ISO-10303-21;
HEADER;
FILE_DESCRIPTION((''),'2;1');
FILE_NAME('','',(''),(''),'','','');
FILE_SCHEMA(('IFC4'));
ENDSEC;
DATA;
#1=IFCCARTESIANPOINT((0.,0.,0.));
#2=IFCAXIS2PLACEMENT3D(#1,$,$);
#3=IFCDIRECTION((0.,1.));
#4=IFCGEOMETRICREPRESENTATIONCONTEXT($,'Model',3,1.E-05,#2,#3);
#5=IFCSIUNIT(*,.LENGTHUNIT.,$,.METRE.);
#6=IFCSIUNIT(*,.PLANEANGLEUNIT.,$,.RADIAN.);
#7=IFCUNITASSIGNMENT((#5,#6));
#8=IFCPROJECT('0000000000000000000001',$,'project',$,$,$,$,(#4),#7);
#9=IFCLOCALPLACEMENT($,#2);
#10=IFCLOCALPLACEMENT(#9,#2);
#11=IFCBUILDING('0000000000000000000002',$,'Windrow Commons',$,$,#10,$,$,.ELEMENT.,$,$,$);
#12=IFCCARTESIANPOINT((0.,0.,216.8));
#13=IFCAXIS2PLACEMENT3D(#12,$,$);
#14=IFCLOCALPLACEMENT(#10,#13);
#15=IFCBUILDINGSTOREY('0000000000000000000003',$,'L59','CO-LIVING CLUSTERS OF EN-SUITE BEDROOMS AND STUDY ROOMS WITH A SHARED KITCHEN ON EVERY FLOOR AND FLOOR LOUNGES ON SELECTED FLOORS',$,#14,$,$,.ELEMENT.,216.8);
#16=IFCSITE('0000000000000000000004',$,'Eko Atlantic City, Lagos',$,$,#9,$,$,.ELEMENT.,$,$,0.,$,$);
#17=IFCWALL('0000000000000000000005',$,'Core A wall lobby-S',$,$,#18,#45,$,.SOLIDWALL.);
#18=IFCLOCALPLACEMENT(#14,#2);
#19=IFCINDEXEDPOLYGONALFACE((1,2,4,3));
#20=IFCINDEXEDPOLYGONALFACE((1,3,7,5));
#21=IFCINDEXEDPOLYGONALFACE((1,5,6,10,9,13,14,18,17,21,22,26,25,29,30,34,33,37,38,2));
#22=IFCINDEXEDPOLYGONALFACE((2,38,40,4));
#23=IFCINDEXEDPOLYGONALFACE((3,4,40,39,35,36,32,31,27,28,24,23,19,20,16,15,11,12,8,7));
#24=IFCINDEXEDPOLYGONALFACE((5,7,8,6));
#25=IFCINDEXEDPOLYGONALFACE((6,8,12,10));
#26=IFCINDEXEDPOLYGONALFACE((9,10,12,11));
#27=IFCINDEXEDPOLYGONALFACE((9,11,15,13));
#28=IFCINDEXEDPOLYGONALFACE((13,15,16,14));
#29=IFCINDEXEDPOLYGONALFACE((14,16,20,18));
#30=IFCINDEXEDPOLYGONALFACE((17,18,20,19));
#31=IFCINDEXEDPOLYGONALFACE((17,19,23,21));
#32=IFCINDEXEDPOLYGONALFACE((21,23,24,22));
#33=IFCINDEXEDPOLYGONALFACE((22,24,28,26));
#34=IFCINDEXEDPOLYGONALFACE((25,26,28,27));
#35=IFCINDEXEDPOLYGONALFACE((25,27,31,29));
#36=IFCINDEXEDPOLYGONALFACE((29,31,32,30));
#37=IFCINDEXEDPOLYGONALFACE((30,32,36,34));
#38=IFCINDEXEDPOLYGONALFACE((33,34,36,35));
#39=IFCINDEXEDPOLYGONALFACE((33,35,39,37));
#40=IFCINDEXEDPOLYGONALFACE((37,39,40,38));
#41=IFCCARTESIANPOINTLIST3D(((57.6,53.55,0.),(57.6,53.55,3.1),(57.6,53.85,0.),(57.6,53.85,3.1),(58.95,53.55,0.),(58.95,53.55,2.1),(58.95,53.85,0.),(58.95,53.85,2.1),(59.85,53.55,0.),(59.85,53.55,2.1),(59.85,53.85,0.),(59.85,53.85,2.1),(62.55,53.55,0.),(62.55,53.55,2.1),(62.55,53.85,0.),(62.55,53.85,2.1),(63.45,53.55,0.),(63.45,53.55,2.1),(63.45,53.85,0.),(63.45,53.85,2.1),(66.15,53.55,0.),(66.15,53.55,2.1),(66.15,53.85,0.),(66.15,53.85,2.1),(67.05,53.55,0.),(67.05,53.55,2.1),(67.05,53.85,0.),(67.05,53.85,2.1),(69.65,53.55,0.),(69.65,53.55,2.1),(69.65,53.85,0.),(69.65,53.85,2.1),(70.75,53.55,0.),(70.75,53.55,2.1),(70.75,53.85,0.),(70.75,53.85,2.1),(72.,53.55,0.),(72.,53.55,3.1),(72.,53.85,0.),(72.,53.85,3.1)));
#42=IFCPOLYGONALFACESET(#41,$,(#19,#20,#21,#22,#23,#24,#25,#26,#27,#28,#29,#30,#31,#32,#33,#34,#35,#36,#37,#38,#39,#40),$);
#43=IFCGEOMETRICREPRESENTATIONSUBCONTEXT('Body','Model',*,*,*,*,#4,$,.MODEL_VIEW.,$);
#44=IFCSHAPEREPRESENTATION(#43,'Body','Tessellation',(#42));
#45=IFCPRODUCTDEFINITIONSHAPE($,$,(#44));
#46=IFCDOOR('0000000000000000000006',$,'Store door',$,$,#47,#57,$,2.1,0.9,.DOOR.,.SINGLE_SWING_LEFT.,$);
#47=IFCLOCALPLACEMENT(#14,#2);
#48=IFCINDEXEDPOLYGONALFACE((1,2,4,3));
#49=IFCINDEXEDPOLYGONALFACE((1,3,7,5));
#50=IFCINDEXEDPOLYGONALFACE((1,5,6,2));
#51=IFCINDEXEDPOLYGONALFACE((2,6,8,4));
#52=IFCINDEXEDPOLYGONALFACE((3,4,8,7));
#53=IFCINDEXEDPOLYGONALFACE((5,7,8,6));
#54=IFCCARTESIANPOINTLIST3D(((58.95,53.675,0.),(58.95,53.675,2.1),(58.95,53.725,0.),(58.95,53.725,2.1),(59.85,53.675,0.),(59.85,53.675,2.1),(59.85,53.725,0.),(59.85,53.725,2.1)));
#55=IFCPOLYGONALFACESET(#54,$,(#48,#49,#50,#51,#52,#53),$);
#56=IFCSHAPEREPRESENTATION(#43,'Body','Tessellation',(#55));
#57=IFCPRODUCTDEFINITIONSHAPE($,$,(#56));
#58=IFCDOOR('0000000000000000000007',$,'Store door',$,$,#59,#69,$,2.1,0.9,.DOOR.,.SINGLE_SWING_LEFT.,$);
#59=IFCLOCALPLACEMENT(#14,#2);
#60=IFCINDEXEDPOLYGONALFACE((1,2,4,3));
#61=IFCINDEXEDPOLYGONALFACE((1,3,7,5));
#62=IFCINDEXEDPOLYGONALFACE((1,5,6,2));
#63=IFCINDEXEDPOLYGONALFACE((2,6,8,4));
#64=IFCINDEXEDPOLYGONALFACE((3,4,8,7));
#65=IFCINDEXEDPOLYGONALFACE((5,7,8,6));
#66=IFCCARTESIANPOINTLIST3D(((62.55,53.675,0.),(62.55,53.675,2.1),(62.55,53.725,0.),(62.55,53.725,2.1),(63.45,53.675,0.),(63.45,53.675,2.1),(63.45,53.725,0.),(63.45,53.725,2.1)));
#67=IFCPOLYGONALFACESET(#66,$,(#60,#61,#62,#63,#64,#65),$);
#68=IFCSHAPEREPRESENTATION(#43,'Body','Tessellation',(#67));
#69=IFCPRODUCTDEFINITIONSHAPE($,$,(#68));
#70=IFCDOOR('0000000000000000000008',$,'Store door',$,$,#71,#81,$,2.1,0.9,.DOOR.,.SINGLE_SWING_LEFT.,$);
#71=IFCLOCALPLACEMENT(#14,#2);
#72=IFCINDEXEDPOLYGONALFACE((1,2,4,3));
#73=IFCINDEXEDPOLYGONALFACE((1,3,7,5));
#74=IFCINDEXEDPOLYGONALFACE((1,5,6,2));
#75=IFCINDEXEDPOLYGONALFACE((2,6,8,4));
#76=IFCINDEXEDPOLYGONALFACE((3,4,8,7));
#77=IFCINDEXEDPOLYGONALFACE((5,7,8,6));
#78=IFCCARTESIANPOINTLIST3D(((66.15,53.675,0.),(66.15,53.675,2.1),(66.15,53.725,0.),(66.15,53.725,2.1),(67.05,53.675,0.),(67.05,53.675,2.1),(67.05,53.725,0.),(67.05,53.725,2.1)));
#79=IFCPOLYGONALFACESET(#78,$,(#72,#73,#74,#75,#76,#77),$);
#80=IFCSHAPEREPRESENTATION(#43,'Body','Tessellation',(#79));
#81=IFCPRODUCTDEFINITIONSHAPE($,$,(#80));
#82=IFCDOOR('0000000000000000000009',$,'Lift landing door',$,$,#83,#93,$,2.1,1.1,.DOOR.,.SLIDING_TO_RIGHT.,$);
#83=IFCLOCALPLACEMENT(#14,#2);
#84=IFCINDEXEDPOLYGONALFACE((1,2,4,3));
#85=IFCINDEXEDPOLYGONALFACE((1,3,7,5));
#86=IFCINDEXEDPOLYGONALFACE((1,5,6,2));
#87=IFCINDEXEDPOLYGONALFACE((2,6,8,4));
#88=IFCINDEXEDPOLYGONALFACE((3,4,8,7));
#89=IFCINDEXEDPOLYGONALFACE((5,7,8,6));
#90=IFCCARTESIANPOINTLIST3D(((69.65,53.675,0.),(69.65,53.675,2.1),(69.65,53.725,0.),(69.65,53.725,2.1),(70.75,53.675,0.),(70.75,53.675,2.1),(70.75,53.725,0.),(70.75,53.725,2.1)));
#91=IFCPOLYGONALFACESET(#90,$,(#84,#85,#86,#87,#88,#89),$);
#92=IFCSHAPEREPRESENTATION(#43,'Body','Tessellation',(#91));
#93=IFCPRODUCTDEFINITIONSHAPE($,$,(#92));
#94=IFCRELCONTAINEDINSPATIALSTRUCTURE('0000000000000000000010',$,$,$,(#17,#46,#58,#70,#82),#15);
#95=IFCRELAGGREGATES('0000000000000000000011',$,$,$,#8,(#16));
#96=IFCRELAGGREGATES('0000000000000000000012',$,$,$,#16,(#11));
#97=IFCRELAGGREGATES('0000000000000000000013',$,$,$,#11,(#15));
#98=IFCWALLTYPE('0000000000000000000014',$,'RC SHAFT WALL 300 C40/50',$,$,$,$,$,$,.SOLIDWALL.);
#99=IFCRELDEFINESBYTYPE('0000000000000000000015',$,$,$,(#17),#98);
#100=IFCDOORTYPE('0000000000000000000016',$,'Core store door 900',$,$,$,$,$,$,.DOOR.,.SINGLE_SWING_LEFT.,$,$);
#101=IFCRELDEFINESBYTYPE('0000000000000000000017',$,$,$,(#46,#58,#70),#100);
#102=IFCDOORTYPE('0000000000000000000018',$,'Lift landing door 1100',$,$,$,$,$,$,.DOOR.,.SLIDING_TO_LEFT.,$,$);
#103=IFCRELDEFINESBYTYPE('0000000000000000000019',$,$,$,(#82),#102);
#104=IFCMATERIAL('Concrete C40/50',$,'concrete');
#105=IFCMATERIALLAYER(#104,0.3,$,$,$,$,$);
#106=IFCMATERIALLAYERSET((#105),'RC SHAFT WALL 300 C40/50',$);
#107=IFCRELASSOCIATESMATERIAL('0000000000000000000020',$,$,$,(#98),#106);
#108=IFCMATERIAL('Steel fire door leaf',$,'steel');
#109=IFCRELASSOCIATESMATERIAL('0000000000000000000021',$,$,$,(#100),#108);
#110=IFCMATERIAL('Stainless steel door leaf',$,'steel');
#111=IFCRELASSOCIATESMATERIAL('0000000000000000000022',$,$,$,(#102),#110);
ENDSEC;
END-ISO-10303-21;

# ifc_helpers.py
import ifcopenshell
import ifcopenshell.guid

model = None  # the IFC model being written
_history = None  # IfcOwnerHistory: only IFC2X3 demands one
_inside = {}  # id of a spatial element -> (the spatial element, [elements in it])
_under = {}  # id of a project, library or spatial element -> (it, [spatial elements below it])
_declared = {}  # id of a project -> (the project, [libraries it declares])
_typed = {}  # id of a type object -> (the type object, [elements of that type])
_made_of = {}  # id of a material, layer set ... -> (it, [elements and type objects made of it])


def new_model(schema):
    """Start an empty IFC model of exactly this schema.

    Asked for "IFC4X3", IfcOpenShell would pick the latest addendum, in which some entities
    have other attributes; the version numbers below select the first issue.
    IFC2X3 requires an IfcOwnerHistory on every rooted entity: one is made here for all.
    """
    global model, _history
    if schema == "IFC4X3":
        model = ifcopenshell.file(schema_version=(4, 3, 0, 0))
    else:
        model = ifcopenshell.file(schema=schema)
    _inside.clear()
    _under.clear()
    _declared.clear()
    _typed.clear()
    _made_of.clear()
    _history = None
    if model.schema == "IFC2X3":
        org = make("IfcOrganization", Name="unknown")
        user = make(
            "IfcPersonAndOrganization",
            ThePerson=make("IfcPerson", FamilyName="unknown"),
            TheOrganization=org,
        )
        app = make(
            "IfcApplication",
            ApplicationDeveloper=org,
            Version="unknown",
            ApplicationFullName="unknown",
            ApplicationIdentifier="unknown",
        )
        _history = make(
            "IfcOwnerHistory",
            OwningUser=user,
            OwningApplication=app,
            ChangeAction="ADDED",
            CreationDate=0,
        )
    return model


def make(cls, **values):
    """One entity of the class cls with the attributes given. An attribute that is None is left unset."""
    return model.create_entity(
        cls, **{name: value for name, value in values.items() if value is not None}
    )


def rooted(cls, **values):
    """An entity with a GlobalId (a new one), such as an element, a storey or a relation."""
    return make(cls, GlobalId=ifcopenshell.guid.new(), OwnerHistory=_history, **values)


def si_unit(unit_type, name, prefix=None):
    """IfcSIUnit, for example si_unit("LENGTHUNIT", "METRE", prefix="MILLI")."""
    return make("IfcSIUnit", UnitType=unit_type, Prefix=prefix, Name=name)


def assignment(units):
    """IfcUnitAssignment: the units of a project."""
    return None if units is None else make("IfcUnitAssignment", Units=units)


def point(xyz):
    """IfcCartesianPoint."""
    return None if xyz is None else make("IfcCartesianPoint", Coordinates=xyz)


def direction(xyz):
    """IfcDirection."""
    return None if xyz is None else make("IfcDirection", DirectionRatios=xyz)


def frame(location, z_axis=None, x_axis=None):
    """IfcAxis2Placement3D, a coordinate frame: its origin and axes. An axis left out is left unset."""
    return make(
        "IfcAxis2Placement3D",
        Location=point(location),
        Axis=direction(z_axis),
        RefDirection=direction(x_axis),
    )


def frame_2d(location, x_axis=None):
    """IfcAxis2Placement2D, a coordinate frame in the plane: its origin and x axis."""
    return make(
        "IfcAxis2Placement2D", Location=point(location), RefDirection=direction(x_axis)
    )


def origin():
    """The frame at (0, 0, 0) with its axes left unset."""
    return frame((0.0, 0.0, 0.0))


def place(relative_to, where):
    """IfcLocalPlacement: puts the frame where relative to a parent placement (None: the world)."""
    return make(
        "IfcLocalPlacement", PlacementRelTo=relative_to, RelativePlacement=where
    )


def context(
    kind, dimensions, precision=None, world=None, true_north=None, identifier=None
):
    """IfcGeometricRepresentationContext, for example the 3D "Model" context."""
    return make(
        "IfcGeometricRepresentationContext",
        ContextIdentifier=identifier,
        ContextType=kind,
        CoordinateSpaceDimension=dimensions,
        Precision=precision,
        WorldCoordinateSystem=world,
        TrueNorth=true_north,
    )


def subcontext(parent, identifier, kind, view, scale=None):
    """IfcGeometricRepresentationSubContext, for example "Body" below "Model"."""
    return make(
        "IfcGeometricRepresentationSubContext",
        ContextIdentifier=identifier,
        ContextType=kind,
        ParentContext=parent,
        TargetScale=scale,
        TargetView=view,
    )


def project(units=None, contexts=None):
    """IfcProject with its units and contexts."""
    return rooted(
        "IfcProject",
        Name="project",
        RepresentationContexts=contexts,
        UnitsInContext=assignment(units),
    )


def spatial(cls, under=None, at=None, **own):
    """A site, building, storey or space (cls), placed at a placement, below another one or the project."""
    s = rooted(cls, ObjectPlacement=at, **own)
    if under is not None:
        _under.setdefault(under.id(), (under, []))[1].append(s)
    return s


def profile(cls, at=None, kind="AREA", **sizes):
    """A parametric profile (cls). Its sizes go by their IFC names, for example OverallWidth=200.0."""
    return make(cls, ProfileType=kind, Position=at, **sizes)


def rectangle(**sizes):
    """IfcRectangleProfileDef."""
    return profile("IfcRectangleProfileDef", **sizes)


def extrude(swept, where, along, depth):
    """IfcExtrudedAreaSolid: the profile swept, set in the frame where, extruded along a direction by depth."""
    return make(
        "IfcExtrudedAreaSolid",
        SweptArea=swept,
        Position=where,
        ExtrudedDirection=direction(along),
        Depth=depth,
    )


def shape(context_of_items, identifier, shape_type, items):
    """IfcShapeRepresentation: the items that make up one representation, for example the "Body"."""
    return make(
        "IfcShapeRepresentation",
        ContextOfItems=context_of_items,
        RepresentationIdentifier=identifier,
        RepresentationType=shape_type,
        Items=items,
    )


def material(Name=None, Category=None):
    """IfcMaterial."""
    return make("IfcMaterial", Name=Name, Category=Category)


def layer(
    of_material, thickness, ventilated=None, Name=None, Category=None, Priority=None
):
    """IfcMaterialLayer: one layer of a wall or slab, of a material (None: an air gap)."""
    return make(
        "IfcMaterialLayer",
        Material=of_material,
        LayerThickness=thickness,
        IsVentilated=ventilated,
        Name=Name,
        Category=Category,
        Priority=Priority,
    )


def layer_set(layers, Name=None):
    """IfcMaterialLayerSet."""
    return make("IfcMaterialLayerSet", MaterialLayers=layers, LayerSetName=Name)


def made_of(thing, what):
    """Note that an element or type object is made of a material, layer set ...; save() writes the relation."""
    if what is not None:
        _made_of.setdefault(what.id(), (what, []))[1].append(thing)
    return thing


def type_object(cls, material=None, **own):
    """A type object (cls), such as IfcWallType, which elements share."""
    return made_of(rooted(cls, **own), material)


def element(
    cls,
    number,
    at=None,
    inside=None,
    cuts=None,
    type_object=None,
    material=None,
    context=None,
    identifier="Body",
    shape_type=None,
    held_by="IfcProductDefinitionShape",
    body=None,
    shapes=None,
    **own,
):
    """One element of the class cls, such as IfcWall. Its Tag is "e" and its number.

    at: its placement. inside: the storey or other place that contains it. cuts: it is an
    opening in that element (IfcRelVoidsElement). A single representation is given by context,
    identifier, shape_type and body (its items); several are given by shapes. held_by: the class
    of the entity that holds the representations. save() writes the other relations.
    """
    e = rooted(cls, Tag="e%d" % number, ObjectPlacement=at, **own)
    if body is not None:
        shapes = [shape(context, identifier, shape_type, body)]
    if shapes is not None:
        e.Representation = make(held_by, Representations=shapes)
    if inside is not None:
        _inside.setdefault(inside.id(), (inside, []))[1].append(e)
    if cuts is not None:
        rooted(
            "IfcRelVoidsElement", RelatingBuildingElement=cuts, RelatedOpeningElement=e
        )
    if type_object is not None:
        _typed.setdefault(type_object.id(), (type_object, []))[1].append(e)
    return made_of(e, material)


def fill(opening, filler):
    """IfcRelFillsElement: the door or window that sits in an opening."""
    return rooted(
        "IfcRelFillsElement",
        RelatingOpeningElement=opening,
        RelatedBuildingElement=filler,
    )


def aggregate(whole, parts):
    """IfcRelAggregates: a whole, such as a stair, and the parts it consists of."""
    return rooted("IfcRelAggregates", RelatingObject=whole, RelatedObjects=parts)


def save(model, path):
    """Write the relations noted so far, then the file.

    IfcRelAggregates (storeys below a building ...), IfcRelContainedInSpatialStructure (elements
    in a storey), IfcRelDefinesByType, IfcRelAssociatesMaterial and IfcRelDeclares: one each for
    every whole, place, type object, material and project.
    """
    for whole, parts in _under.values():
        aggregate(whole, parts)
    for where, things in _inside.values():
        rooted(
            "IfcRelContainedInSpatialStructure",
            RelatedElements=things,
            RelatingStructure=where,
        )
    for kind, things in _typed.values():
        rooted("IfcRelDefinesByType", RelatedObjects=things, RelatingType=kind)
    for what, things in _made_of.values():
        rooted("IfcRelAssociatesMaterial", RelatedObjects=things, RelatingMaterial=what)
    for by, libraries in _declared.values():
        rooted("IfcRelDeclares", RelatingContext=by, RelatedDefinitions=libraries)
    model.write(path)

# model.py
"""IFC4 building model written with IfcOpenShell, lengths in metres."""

from ifc_helpers import new_model, si_unit, direction, frame, frame_2d, origin, place, context, subcontext, project, spatial, rectangle, extrude, material, layer, layer_set, type_object, element, fill, save


model = new_model("IFC4")

# Units and contexts
model_context = context("Model", 3, precision=1e-05, world=origin(), true_north=direction((0.0, 1.0)))
body_context = subcontext(model_context, "Body", "Model", "MODEL_VIEW")
ifc_project = project(units=[si_unit("LENGTHUNIT", "METRE"), si_unit("PLANEANGLEUNIT", "RADIAN")], contexts=[model_context])

# Site, building, storey
site_placement = place(None, origin())
site = spatial("IfcSite", under=ifc_project, at=site_placement, Name="Eko Atlantic City, Lagos", CompositionType="ELEMENT", RefElevation=0.0)
building_placement = place(site_placement, origin())
building = spatial("IfcBuilding", under=site, at=building_placement, Name="Windrow Commons", CompositionType="ELEMENT")
storey_placement = place(building_placement, frame((0.0, 0.0, 216.8)))
storey = spatial("IfcBuildingStorey", under=building, at=storey_placement, Name="L59", Description="CO-LIVING CLUSTERS OF EN-SUITE BEDROOMS AND STUDY ROOMS WITH A SHARED KITCHEN ON EVERY FLOOR AND FLOOR LOUNGES ON SELECTED FLOORS", CompositionType="ELEMENT", Elevation=216.8)

# Wall, openings, doors
ifc_material_1 = material(Name="Concrete C40/50", Category="concrete")
ifc_layer_1 = layer(ifc_material_1, 0.3)
ifc_layer_set_1 = layer_set([ifc_layer_1], Name="RC SHAFT WALL 300 C40/50")
wall_type_1 = type_object("IfcWallType", Name="RC SHAFT WALL 300 C40/50", PredefinedType="SOLIDWALL", material=ifc_layer_set_1)
wall_1_placement = place(storey_placement, frame((57.6, 53.7, 0.0), z_axis=(0.0, 0.0, 1.0), x_axis=(1.0, 0.0, 0.0)))
wall_1 = element("IfcWall", 1, at=wall_1_placement, inside=storey, type_object=wall_type_1, Name="Core A wall lobby-S", PredefinedType="SOLIDWALL", context=body_context, shape_type="SweptSolid", body=[
    extrude(rectangle(XDim=14.4, YDim=0.3, at=frame_2d((7.2, 0.0))), origin(), (0.0, 0.0, 1.0), 3.1),
])
opening_1_placement = place(wall_1_placement, frame((1.35, 0.0, 0.0)))
opening_1 = element("IfcOpeningElement", 2, at=opening_1_placement, cuts=wall_1, PredefinedType="OPENING", context=body_context, shape_type="SweptSolid", body=[
    extrude(rectangle(XDim=0.9, YDim=2.1, at=frame_2d((0.45, 1.05))), frame((0.0, 0.16, 0.0), z_axis=(0.0, -1.0, 0.0), x_axis=(1.0, 0.0, 0.0)), (0.0, 0.0, 1.0), 0.32),
])
opening_2_placement = place(wall_1_placement, frame((4.95, 0.0, 0.0)))
opening_2 = element("IfcOpeningElement", 3, at=opening_2_placement, cuts=wall_1, PredefinedType="OPENING", context=body_context, shape_type="SweptSolid", body=[
    extrude(rectangle(XDim=0.9, YDim=2.1, at=frame_2d((0.45, 1.05))), frame((0.0, 0.16, 0.0), z_axis=(0.0, -1.0, 0.0), x_axis=(1.0, 0.0, 0.0)), (0.0, 0.0, 1.0), 0.32),
])
opening_3_placement = place(wall_1_placement, frame((8.55, 0.0, 0.0)))
opening_3 = element("IfcOpeningElement", 4, at=opening_3_placement, cuts=wall_1, PredefinedType="OPENING", context=body_context, shape_type="SweptSolid", body=[
    extrude(rectangle(XDim=0.9, YDim=2.1, at=frame_2d((0.45, 1.05))), frame((0.0, 0.16, 0.0), z_axis=(0.0, -1.0, 0.0), x_axis=(1.0, 0.0, 0.0)), (0.0, 0.0, 1.0), 0.32),
])
opening_4_placement = place(wall_1_placement, frame((12.05, 0.0, 0.0)))
opening_4 = element("IfcOpeningElement", 5, at=opening_4_placement, cuts=wall_1, PredefinedType="OPENING", context=body_context, shape_type="SweptSolid", body=[
    extrude(rectangle(XDim=1.1, YDim=2.1, at=frame_2d((0.55, 1.05))), frame((0.0, 0.16, 0.0), z_axis=(0.0, -1.0, 0.0), x_axis=(1.0, 0.0, 0.0)), (0.0, 0.0, 1.0), 0.32),
])
ifc_material_2 = material(Name="Steel fire door leaf", Category="steel")
door_type_1 = type_object("IfcDoorType", Name="Core store door 900", OperationType="SINGLE_SWING_LEFT", PredefinedType="DOOR", material=ifc_material_2)
door_1_placement = place(opening_1_placement, origin())
door_1 = element("IfcDoor", 6, at=door_1_placement, inside=storey, type_object=door_type_1, Name="Store door", OperationType="SINGLE_SWING_LEFT", OverallHeight=2.1, OverallWidth=0.9, PredefinedType="DOOR", context=body_context, shape_type="SweptSolid", body=[
    extrude(rectangle(XDim=0.9, YDim=2.1, at=frame_2d((0.45, 1.05))), frame((0.0, 0.025, 0.0), z_axis=(0.0, -1.0, 0.0), x_axis=(1.0, 0.0, 0.0)), (0.0, 0.0, 1.0), 0.05),
])
fill(opening_1, door_1)
door_2_placement = place(opening_2_placement, origin())
door_2 = element("IfcDoor", 7, at=door_2_placement, inside=storey, type_object=door_type_1, Name="Store door", OperationType="SINGLE_SWING_LEFT", OverallHeight=2.1, OverallWidth=0.9, PredefinedType="DOOR", context=body_context, shape_type="SweptSolid", body=[
    extrude(rectangle(XDim=0.9, YDim=2.1, at=frame_2d((0.45, 1.05))), frame((0.0, 0.025, 0.0), z_axis=(0.0, -1.0, 0.0), x_axis=(1.0, 0.0, 0.0)), (0.0, 0.0, 1.0), 0.05),
])
fill(opening_2, door_2)
door_3_placement = place(opening_3_placement, origin())
door_3 = element("IfcDoor", 8, at=door_3_placement, inside=storey, type_object=door_type_1, Name="Store door", OperationType="SINGLE_SWING_LEFT", OverallHeight=2.1, OverallWidth=0.9, PredefinedType="DOOR", context=body_context, shape_type="SweptSolid", body=[
    extrude(rectangle(XDim=0.9, YDim=2.1, at=frame_2d((0.45, 1.05))), frame((0.0, 0.025, 0.0), z_axis=(0.0, -1.0, 0.0), x_axis=(1.0, 0.0, 0.0)), (0.0, 0.0, 1.0), 0.05),
])
fill(opening_3, door_3)
ifc_material_3 = material(Name="Stainless steel door leaf", Category="steel")
door_type_2 = type_object("IfcDoorType", Name="Lift landing door 1100", OperationType="SLIDING_TO_LEFT", PredefinedType="DOOR", material=ifc_material_3)
door_4_placement = place(opening_4_placement, origin())
door_4 = element("IfcDoor", 9, at=door_4_placement, inside=storey, type_object=door_type_2, Name="Lift landing door", OperationType="SLIDING_TO_RIGHT", OverallHeight=2.1, OverallWidth=1.1, PredefinedType="DOOR", context=body_context, shape_type="SweptSolid", body=[
    extrude(rectangle(XDim=1.1, YDim=2.1, at=frame_2d((0.55, 1.05))), frame((0.0, 0.025, 0.0), z_axis=(0.0, -1.0, 0.0), x_axis=(1.0, 0.0, 0.0)), (0.0, 0.0, 1.0), 0.05),
])
fill(opening_4, door_4)

save(model, "model.ifc")
